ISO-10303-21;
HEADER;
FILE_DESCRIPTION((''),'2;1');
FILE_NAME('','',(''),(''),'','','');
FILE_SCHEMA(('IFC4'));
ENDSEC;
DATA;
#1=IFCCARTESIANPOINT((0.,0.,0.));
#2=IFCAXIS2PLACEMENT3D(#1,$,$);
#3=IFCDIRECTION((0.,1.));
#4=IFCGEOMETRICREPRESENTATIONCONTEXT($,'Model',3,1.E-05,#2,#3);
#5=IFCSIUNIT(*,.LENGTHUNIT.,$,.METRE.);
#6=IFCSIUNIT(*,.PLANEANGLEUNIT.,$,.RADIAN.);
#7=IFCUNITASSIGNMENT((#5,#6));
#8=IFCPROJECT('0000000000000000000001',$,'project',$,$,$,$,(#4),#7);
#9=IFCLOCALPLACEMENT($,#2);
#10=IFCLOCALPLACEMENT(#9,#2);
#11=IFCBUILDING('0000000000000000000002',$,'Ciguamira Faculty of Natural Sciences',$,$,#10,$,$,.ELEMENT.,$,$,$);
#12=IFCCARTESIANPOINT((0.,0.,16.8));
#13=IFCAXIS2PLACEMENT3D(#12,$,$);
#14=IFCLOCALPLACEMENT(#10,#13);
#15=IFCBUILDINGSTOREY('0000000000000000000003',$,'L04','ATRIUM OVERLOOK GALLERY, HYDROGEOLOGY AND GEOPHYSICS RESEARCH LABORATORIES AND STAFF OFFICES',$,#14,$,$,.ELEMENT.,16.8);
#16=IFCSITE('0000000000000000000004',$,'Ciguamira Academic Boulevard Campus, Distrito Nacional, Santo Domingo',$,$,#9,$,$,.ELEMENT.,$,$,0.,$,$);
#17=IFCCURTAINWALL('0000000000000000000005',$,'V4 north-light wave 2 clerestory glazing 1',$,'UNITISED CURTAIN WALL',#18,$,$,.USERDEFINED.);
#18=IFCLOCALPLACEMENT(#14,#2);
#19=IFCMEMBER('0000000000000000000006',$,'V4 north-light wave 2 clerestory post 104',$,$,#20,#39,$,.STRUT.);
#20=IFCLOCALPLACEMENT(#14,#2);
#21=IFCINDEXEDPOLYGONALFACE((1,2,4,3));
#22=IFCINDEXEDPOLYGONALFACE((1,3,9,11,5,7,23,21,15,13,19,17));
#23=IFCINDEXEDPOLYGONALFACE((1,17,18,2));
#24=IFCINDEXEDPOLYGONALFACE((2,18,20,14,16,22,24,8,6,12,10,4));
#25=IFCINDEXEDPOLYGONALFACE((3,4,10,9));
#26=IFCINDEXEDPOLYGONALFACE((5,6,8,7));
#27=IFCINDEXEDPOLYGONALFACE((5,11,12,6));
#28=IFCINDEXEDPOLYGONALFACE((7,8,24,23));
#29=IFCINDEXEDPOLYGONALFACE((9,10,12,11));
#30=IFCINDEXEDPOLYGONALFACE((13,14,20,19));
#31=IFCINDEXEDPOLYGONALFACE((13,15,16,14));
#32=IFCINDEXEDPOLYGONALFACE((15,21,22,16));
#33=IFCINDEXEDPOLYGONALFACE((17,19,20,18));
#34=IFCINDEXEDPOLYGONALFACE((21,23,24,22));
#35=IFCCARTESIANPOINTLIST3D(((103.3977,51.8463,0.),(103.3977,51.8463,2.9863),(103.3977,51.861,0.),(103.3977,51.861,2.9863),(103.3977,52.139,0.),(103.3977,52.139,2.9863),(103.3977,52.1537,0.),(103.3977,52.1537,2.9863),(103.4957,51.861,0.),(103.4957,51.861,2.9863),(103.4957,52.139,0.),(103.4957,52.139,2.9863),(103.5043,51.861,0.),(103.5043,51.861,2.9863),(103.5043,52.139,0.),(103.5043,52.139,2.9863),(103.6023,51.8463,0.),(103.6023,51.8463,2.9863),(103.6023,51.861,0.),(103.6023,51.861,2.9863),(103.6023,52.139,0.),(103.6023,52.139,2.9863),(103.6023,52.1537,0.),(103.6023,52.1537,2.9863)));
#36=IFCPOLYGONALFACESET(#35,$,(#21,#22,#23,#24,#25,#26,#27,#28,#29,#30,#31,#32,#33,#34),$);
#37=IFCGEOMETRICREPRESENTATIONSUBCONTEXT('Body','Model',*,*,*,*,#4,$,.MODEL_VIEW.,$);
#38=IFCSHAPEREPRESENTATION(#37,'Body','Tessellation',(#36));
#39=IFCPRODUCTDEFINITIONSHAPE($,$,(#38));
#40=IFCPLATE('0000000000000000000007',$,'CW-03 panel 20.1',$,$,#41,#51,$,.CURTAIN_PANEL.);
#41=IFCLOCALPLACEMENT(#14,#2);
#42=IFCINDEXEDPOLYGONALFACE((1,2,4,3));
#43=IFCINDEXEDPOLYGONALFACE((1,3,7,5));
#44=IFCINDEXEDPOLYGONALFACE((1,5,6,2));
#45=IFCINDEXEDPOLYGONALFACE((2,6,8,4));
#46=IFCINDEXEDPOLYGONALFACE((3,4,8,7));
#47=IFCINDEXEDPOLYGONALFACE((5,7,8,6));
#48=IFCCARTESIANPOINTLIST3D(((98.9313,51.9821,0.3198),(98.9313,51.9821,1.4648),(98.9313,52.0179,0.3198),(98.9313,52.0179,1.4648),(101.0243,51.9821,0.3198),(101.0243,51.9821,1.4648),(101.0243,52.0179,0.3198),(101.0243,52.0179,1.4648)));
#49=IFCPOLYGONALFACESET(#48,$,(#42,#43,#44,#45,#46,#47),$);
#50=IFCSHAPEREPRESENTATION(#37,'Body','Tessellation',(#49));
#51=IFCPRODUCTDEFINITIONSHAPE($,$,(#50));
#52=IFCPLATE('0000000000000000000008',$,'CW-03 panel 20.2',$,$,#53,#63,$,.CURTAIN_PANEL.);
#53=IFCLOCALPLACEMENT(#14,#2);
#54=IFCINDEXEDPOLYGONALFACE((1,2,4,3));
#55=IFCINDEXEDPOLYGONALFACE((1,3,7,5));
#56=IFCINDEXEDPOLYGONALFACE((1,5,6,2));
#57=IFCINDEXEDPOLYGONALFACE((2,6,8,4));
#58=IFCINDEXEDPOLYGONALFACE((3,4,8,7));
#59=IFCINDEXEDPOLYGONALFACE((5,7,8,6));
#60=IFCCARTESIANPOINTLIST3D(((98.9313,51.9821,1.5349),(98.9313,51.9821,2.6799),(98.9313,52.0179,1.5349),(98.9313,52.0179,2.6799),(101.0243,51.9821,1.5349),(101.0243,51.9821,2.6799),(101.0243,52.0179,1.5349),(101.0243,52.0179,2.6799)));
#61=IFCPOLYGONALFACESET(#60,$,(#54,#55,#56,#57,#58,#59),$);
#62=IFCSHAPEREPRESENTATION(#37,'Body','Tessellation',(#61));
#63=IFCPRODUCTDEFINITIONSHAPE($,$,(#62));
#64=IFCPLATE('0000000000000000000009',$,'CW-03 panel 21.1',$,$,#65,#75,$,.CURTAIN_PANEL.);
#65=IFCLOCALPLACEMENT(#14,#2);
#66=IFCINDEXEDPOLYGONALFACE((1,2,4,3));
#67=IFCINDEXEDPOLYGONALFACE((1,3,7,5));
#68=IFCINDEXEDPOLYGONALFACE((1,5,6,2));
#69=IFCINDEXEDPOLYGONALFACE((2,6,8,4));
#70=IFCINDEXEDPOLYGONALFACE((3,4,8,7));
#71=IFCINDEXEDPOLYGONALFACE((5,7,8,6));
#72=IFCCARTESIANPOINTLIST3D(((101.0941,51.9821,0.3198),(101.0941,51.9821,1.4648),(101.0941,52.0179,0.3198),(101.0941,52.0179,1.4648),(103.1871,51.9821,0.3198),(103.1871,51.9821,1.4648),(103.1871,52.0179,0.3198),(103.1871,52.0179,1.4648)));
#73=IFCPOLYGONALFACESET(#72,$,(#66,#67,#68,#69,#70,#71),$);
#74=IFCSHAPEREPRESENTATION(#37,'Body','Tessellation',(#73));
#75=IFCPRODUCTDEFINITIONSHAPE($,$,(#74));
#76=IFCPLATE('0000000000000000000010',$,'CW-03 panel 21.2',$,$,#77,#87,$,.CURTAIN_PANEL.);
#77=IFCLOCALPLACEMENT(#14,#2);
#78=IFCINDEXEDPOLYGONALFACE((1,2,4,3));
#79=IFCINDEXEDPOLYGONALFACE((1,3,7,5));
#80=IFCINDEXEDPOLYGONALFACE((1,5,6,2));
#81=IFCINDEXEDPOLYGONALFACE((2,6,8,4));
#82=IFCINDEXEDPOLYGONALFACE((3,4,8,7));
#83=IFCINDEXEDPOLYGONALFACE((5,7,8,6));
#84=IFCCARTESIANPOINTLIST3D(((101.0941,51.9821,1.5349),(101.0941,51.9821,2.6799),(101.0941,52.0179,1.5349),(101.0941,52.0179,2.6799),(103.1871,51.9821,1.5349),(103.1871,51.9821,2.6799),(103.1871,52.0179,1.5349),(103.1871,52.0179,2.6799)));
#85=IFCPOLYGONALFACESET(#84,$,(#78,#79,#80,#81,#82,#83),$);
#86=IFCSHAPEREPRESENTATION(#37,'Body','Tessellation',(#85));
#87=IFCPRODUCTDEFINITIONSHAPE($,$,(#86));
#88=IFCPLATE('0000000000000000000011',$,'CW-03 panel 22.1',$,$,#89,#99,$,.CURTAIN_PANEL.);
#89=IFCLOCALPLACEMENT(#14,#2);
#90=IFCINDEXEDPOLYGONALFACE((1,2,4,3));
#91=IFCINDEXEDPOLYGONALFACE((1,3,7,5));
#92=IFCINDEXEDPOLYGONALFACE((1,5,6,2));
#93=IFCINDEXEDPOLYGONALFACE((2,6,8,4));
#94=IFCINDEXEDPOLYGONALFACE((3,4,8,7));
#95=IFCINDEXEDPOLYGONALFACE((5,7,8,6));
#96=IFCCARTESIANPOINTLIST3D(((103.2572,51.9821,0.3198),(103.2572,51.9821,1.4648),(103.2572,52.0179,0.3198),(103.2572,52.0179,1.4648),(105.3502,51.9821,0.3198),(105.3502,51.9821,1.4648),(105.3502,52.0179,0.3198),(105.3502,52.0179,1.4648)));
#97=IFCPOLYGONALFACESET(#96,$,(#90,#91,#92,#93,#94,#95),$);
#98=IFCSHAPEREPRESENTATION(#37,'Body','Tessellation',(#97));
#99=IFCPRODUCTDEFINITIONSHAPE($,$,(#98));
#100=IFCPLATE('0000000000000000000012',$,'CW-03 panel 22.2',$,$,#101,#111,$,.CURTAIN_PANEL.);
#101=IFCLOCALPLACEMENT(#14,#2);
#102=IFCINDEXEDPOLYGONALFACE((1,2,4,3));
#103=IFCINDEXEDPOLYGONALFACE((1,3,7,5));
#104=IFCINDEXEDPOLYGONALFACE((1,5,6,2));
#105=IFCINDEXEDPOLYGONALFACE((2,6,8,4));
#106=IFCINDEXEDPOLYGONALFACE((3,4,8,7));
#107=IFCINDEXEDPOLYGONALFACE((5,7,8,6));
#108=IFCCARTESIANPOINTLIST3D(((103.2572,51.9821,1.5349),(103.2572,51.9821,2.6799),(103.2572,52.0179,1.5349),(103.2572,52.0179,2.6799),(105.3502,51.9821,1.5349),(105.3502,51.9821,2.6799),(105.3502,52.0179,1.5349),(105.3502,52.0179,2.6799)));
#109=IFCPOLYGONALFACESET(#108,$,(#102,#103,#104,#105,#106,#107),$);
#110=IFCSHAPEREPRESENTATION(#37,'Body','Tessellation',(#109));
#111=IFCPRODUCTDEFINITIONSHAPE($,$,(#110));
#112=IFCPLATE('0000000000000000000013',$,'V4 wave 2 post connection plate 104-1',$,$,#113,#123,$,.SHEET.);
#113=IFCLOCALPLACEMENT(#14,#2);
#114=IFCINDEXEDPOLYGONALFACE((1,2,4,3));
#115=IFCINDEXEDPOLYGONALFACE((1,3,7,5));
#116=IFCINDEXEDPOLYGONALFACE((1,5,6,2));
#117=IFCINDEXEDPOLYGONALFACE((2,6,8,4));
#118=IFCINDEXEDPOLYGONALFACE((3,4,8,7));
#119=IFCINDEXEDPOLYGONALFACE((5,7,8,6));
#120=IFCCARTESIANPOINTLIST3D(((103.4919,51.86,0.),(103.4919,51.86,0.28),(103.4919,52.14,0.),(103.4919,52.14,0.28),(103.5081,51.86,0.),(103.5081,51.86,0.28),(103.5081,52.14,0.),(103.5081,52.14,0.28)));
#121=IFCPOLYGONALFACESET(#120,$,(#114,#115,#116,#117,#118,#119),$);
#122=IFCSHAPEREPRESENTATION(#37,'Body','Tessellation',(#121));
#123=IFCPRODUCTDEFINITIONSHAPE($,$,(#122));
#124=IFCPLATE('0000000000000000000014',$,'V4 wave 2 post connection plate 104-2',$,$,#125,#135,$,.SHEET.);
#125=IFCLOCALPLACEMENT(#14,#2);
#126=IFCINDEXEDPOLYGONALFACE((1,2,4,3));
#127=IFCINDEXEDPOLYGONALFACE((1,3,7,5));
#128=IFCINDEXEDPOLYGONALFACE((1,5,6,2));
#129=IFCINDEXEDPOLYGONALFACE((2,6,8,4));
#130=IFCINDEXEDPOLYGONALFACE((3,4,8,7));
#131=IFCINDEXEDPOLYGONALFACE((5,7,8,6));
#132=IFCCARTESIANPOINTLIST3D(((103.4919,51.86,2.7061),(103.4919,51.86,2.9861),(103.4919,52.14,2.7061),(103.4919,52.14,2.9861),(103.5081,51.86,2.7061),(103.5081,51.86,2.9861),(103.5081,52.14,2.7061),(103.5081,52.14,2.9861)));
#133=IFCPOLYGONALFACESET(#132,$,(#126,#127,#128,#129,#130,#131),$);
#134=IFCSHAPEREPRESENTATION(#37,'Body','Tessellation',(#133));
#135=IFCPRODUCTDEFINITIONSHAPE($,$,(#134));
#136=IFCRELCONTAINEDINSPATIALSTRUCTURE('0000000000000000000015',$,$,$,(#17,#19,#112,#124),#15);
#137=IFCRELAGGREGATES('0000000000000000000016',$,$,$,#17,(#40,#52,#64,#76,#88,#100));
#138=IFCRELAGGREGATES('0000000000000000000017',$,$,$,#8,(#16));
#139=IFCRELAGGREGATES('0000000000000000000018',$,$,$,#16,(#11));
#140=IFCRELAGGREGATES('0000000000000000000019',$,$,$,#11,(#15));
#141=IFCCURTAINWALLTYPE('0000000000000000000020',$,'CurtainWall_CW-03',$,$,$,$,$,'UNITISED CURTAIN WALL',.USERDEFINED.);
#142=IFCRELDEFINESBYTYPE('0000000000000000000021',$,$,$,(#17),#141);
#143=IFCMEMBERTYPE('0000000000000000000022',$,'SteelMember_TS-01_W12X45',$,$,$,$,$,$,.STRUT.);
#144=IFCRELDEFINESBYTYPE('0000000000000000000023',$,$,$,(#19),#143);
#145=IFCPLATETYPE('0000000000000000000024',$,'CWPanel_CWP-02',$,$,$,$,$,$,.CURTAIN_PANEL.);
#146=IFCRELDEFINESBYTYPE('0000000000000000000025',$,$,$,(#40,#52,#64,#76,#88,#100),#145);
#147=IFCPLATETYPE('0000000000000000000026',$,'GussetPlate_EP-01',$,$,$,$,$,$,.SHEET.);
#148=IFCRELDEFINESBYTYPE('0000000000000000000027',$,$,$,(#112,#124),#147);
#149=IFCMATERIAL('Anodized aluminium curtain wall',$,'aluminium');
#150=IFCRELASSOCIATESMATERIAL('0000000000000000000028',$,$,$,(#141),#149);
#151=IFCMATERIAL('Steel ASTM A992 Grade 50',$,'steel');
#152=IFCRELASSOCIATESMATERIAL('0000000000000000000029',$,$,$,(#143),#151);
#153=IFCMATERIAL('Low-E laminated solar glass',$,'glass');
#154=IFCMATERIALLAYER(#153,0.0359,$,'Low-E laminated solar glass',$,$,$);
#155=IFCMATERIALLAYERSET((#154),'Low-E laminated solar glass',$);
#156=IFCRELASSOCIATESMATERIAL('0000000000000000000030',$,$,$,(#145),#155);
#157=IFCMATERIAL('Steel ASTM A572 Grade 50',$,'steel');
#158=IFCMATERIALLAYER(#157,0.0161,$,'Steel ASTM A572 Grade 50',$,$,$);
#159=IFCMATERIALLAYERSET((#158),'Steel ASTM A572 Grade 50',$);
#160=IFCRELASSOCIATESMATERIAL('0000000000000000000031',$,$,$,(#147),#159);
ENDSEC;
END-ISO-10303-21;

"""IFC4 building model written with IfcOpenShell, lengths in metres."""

from ifc_helpers import new_model, si_unit, direction, frame, origin, origin_2d, place, context, subcontext, project, spatial, rectangle, i_section, extrude, material, layer, layer_set, material_profile, profile_set, type_object, element, aggregate, save


model = new_model("IFC4")

# Units and contexts
model_context = context("Model", 3, precision=1e-05, world=origin(), true_north=direction((0.0, 1.0)))
body_context = subcontext(model_context, "Body", "Model", "MODEL_VIEW")
ifc_project = project(units=[si_unit("LENGTHUNIT", "METRE"), si_unit("PLANEANGLEUNIT", "RADIAN")], contexts=[model_context])

# Site, building, storey
site_placement = place(None, origin())
site = spatial("IfcSite", under=ifc_project, at=site_placement, Name="Ciguamira Academic Boulevard Campus, Distrito Nacional, Santo Domingo", CompositionType="ELEMENT", RefElevation=0.0)
building_placement = place(site_placement, origin())
building = spatial("IfcBuilding", under=site, at=building_placement, Name="Ciguamira Faculty of Natural Sciences", CompositionType="ELEMENT")
storey_placement = place(building_placement, frame((0.0, 0.0, 16.8)))
storey = spatial("IfcBuildingStorey", under=building, at=storey_placement, Name="L04", Description="ATRIUM OVERLOOK GALLERY, HYDROGEOLOGY AND GEOPHYSICS RESEARCH LABORATORIES AND STAFF OFFICES", CompositionType="ELEMENT", Elevation=16.8)

# Curtain wall
ifc_material_1 = material(Name="Anodized aluminium curtain wall", Category="aluminium")
curtain_wall_type = type_object("IfcCurtainWallType", Name="CurtainWall_CW-03", ElementType="UNITISED CURTAIN WALL", PredefinedType="USERDEFINED", material=ifc_material_1)
curtain_wall_placement = place(storey_placement, origin())
curtain_wall = element("IfcCurtainWall", 1, at=curtain_wall_placement, inside=storey, type_object=curtain_wall_type, Name="V4 north-light wave 2 clerestory glazing 1", ObjectType="UNITISED CURTAIN WALL", PredefinedType="USERDEFINED")

# Member
ifc_material_2 = material(Name="Steel ASTM A992 Grade 50", Category="steel")
ifc_material_profile_1 = material_profile(ifc_material_2, i_section(OverallWidth=0.2046, OverallDepth=0.3074, WebThickness=0.0085, FlangeThickness=0.0146, at=origin_2d()), Name="W12X45")
ifc_profile_set_1 = profile_set([ifc_material_profile_1], Name="Steel ASTM A992 Grade 50")
member_type_1 = type_object("IfcMemberType", Name="SteelMember_TS-01_W12X45", PredefinedType="STRUT", material=ifc_profile_set_1)
member_1_placement = place(storey_placement, frame((103.5, 52.0, 0.0), z_axis=(0.0, 0.0, 1.0), x_axis=(1.0, 0.0, 0.0)))
element("IfcMember", 2, at=member_1_placement, inside=storey, type_object=member_type_1, Name="V4 north-light wave 2 clerestory post 104", PredefinedType="STRUT", context=body_context, shape_type="SweptSolid", body=[
    extrude(i_section(OverallWidth=0.2046, OverallDepth=0.3074, WebThickness=0.0085, FlangeThickness=0.0146, at=origin_2d()), origin(), (0.0, 0.0, 1.0), 2.9863),
])

# Plates
ifc_material_3 = material(Name="Low-E laminated solar glass", Category="glass")
ifc_layer_1 = layer(ifc_material_3, 0.0359, Name="Low-E laminated solar glass")
ifc_layer_set_1 = layer_set([ifc_layer_1], Name="Low-E laminated solar glass")
plate_type_1 = type_object("IfcPlateType", Name="CWPanel_CWP-02", PredefinedType="CURTAIN_PANEL", material=ifc_layer_set_1)
plate_1_placement = place(storey_placement, frame((99.9778, 52.0, 0.3198), z_axis=(0.0, 0.0, 1.0), x_axis=(1.0, 0.0, 0.0)))
plate_1 = element("IfcPlate", 3, at=plate_1_placement, type_object=plate_type_1, Name="CW-03 panel 20.1", PredefinedType="CURTAIN_PANEL", context=body_context, shape_type="SweptSolid", body=[
    extrude(rectangle(XDim=2.093, YDim=0.0359, at=origin_2d()), origin(), (0.0, 0.0, 1.0), 1.145),
])
plate_2_placement = place(storey_placement, frame((99.9778, 52.0, 1.5349), z_axis=(0.0, 0.0, 1.0), x_axis=(1.0, 0.0, 0.0)))
plate_2 = element("IfcPlate", 4, at=plate_2_placement, type_object=plate_type_1, Name="CW-03 panel 20.2", PredefinedType="CURTAIN_PANEL", context=body_context, shape_type="SweptSolid", body=[
    extrude(rectangle(XDim=2.093, YDim=0.0359, at=origin_2d()), origin(), (0.0, 0.0, 1.0), 1.145),
])
plate_3_placement = place(storey_placement, frame((102.1406, 52.0, 0.3198), z_axis=(0.0, 0.0, 1.0), x_axis=(1.0, 0.0, 0.0)))
plate_3 = element("IfcPlate", 5, at=plate_3_placement, type_object=plate_type_1, Name="CW-03 panel 21.1", PredefinedType="CURTAIN_PANEL", context=body_context, shape_type="SweptSolid", body=[
    extrude(rectangle(XDim=2.093, YDim=0.0359, at=origin_2d()), origin(), (0.0, 0.0, 1.0), 1.145),
])
plate_4_placement = place(storey_placement, frame((102.1406, 52.0, 1.5349), z_axis=(0.0, 0.0, 1.0), x_axis=(1.0, 0.0, 0.0)))
plate_4 = element("IfcPlate", 6, at=plate_4_placement, type_object=plate_type_1, Name="CW-03 panel 21.2", PredefinedType="CURTAIN_PANEL", context=body_context, shape_type="SweptSolid", body=[
    extrude(rectangle(XDim=2.093, YDim=0.0359, at=origin_2d()), origin(), (0.0, 0.0, 1.0), 1.145),
])
plate_5_placement = place(storey_placement, frame((104.3037, 52.0, 0.3198), z_axis=(0.0, 0.0, 1.0), x_axis=(1.0, 0.0, 0.0)))
plate_5 = element("IfcPlate", 7, at=plate_5_placement, type_object=plate_type_1, Name="CW-03 panel 22.1", PredefinedType="CURTAIN_PANEL", context=body_context, shape_type="SweptSolid", body=[
    extrude(rectangle(XDim=2.093, YDim=0.0359, at=origin_2d()), origin(), (0.0, 0.0, 1.0), 1.145),
])
plate_6_placement = place(storey_placement, frame((104.3037, 52.0, 1.5349), z_axis=(0.0, 0.0, 1.0), x_axis=(1.0, 0.0, 0.0)))
plate_6 = element("IfcPlate", 8, at=plate_6_placement, type_object=plate_type_1, Name="CW-03 panel 22.2", PredefinedType="CURTAIN_PANEL", context=body_context, shape_type="SweptSolid", body=[
    extrude(rectangle(XDim=2.093, YDim=0.0359, at=origin_2d()), origin(), (0.0, 0.0, 1.0), 1.145),
])
aggregate(curtain_wall, [plate_1, plate_2, plate_3, plate_4, plate_5, plate_6])

# Plates
ifc_material_4 = material(Name="Steel ASTM A572 Grade 50", Category="steel")
ifc_layer_2 = layer(ifc_material_4, 0.0161, Name="Steel ASTM A572 Grade 50")
ifc_layer_set_2 = layer_set([ifc_layer_2], Name="Steel ASTM A572 Grade 50")
plate_type_2 = type_object("IfcPlateType", Name="GussetPlate_EP-01", PredefinedType="SHEET", material=ifc_layer_set_2)
for number, where, z_axis, x_axis, name in (
    (9, (103.5, 52.0, 0.0), (0.0, 0.0, 1.0), (1.0, 0.0, 0.0), "V4 wave 2 post connection plate 104-1"),
    (10, (103.5, 52.0, 2.7061), (0.0, 0.0, 1.0), (1.0, 0.0, 0.0), "V4 wave 2 post connection plate 104-2"),
):
    element("IfcPlate", number, at=place(storey_placement, frame(where, z_axis=z_axis, x_axis=x_axis)), inside=storey, type_object=plate_type_2, Name=name, PredefinedType="SHEET", context=body_context, shape_type="SweptSolid", body=[
        extrude(rectangle(XDim=0.0161, YDim=0.28, at=origin_2d()), origin(), (0.0, 0.0, 1.0), 0.28),
    ])

save(model, "model.ifc")
